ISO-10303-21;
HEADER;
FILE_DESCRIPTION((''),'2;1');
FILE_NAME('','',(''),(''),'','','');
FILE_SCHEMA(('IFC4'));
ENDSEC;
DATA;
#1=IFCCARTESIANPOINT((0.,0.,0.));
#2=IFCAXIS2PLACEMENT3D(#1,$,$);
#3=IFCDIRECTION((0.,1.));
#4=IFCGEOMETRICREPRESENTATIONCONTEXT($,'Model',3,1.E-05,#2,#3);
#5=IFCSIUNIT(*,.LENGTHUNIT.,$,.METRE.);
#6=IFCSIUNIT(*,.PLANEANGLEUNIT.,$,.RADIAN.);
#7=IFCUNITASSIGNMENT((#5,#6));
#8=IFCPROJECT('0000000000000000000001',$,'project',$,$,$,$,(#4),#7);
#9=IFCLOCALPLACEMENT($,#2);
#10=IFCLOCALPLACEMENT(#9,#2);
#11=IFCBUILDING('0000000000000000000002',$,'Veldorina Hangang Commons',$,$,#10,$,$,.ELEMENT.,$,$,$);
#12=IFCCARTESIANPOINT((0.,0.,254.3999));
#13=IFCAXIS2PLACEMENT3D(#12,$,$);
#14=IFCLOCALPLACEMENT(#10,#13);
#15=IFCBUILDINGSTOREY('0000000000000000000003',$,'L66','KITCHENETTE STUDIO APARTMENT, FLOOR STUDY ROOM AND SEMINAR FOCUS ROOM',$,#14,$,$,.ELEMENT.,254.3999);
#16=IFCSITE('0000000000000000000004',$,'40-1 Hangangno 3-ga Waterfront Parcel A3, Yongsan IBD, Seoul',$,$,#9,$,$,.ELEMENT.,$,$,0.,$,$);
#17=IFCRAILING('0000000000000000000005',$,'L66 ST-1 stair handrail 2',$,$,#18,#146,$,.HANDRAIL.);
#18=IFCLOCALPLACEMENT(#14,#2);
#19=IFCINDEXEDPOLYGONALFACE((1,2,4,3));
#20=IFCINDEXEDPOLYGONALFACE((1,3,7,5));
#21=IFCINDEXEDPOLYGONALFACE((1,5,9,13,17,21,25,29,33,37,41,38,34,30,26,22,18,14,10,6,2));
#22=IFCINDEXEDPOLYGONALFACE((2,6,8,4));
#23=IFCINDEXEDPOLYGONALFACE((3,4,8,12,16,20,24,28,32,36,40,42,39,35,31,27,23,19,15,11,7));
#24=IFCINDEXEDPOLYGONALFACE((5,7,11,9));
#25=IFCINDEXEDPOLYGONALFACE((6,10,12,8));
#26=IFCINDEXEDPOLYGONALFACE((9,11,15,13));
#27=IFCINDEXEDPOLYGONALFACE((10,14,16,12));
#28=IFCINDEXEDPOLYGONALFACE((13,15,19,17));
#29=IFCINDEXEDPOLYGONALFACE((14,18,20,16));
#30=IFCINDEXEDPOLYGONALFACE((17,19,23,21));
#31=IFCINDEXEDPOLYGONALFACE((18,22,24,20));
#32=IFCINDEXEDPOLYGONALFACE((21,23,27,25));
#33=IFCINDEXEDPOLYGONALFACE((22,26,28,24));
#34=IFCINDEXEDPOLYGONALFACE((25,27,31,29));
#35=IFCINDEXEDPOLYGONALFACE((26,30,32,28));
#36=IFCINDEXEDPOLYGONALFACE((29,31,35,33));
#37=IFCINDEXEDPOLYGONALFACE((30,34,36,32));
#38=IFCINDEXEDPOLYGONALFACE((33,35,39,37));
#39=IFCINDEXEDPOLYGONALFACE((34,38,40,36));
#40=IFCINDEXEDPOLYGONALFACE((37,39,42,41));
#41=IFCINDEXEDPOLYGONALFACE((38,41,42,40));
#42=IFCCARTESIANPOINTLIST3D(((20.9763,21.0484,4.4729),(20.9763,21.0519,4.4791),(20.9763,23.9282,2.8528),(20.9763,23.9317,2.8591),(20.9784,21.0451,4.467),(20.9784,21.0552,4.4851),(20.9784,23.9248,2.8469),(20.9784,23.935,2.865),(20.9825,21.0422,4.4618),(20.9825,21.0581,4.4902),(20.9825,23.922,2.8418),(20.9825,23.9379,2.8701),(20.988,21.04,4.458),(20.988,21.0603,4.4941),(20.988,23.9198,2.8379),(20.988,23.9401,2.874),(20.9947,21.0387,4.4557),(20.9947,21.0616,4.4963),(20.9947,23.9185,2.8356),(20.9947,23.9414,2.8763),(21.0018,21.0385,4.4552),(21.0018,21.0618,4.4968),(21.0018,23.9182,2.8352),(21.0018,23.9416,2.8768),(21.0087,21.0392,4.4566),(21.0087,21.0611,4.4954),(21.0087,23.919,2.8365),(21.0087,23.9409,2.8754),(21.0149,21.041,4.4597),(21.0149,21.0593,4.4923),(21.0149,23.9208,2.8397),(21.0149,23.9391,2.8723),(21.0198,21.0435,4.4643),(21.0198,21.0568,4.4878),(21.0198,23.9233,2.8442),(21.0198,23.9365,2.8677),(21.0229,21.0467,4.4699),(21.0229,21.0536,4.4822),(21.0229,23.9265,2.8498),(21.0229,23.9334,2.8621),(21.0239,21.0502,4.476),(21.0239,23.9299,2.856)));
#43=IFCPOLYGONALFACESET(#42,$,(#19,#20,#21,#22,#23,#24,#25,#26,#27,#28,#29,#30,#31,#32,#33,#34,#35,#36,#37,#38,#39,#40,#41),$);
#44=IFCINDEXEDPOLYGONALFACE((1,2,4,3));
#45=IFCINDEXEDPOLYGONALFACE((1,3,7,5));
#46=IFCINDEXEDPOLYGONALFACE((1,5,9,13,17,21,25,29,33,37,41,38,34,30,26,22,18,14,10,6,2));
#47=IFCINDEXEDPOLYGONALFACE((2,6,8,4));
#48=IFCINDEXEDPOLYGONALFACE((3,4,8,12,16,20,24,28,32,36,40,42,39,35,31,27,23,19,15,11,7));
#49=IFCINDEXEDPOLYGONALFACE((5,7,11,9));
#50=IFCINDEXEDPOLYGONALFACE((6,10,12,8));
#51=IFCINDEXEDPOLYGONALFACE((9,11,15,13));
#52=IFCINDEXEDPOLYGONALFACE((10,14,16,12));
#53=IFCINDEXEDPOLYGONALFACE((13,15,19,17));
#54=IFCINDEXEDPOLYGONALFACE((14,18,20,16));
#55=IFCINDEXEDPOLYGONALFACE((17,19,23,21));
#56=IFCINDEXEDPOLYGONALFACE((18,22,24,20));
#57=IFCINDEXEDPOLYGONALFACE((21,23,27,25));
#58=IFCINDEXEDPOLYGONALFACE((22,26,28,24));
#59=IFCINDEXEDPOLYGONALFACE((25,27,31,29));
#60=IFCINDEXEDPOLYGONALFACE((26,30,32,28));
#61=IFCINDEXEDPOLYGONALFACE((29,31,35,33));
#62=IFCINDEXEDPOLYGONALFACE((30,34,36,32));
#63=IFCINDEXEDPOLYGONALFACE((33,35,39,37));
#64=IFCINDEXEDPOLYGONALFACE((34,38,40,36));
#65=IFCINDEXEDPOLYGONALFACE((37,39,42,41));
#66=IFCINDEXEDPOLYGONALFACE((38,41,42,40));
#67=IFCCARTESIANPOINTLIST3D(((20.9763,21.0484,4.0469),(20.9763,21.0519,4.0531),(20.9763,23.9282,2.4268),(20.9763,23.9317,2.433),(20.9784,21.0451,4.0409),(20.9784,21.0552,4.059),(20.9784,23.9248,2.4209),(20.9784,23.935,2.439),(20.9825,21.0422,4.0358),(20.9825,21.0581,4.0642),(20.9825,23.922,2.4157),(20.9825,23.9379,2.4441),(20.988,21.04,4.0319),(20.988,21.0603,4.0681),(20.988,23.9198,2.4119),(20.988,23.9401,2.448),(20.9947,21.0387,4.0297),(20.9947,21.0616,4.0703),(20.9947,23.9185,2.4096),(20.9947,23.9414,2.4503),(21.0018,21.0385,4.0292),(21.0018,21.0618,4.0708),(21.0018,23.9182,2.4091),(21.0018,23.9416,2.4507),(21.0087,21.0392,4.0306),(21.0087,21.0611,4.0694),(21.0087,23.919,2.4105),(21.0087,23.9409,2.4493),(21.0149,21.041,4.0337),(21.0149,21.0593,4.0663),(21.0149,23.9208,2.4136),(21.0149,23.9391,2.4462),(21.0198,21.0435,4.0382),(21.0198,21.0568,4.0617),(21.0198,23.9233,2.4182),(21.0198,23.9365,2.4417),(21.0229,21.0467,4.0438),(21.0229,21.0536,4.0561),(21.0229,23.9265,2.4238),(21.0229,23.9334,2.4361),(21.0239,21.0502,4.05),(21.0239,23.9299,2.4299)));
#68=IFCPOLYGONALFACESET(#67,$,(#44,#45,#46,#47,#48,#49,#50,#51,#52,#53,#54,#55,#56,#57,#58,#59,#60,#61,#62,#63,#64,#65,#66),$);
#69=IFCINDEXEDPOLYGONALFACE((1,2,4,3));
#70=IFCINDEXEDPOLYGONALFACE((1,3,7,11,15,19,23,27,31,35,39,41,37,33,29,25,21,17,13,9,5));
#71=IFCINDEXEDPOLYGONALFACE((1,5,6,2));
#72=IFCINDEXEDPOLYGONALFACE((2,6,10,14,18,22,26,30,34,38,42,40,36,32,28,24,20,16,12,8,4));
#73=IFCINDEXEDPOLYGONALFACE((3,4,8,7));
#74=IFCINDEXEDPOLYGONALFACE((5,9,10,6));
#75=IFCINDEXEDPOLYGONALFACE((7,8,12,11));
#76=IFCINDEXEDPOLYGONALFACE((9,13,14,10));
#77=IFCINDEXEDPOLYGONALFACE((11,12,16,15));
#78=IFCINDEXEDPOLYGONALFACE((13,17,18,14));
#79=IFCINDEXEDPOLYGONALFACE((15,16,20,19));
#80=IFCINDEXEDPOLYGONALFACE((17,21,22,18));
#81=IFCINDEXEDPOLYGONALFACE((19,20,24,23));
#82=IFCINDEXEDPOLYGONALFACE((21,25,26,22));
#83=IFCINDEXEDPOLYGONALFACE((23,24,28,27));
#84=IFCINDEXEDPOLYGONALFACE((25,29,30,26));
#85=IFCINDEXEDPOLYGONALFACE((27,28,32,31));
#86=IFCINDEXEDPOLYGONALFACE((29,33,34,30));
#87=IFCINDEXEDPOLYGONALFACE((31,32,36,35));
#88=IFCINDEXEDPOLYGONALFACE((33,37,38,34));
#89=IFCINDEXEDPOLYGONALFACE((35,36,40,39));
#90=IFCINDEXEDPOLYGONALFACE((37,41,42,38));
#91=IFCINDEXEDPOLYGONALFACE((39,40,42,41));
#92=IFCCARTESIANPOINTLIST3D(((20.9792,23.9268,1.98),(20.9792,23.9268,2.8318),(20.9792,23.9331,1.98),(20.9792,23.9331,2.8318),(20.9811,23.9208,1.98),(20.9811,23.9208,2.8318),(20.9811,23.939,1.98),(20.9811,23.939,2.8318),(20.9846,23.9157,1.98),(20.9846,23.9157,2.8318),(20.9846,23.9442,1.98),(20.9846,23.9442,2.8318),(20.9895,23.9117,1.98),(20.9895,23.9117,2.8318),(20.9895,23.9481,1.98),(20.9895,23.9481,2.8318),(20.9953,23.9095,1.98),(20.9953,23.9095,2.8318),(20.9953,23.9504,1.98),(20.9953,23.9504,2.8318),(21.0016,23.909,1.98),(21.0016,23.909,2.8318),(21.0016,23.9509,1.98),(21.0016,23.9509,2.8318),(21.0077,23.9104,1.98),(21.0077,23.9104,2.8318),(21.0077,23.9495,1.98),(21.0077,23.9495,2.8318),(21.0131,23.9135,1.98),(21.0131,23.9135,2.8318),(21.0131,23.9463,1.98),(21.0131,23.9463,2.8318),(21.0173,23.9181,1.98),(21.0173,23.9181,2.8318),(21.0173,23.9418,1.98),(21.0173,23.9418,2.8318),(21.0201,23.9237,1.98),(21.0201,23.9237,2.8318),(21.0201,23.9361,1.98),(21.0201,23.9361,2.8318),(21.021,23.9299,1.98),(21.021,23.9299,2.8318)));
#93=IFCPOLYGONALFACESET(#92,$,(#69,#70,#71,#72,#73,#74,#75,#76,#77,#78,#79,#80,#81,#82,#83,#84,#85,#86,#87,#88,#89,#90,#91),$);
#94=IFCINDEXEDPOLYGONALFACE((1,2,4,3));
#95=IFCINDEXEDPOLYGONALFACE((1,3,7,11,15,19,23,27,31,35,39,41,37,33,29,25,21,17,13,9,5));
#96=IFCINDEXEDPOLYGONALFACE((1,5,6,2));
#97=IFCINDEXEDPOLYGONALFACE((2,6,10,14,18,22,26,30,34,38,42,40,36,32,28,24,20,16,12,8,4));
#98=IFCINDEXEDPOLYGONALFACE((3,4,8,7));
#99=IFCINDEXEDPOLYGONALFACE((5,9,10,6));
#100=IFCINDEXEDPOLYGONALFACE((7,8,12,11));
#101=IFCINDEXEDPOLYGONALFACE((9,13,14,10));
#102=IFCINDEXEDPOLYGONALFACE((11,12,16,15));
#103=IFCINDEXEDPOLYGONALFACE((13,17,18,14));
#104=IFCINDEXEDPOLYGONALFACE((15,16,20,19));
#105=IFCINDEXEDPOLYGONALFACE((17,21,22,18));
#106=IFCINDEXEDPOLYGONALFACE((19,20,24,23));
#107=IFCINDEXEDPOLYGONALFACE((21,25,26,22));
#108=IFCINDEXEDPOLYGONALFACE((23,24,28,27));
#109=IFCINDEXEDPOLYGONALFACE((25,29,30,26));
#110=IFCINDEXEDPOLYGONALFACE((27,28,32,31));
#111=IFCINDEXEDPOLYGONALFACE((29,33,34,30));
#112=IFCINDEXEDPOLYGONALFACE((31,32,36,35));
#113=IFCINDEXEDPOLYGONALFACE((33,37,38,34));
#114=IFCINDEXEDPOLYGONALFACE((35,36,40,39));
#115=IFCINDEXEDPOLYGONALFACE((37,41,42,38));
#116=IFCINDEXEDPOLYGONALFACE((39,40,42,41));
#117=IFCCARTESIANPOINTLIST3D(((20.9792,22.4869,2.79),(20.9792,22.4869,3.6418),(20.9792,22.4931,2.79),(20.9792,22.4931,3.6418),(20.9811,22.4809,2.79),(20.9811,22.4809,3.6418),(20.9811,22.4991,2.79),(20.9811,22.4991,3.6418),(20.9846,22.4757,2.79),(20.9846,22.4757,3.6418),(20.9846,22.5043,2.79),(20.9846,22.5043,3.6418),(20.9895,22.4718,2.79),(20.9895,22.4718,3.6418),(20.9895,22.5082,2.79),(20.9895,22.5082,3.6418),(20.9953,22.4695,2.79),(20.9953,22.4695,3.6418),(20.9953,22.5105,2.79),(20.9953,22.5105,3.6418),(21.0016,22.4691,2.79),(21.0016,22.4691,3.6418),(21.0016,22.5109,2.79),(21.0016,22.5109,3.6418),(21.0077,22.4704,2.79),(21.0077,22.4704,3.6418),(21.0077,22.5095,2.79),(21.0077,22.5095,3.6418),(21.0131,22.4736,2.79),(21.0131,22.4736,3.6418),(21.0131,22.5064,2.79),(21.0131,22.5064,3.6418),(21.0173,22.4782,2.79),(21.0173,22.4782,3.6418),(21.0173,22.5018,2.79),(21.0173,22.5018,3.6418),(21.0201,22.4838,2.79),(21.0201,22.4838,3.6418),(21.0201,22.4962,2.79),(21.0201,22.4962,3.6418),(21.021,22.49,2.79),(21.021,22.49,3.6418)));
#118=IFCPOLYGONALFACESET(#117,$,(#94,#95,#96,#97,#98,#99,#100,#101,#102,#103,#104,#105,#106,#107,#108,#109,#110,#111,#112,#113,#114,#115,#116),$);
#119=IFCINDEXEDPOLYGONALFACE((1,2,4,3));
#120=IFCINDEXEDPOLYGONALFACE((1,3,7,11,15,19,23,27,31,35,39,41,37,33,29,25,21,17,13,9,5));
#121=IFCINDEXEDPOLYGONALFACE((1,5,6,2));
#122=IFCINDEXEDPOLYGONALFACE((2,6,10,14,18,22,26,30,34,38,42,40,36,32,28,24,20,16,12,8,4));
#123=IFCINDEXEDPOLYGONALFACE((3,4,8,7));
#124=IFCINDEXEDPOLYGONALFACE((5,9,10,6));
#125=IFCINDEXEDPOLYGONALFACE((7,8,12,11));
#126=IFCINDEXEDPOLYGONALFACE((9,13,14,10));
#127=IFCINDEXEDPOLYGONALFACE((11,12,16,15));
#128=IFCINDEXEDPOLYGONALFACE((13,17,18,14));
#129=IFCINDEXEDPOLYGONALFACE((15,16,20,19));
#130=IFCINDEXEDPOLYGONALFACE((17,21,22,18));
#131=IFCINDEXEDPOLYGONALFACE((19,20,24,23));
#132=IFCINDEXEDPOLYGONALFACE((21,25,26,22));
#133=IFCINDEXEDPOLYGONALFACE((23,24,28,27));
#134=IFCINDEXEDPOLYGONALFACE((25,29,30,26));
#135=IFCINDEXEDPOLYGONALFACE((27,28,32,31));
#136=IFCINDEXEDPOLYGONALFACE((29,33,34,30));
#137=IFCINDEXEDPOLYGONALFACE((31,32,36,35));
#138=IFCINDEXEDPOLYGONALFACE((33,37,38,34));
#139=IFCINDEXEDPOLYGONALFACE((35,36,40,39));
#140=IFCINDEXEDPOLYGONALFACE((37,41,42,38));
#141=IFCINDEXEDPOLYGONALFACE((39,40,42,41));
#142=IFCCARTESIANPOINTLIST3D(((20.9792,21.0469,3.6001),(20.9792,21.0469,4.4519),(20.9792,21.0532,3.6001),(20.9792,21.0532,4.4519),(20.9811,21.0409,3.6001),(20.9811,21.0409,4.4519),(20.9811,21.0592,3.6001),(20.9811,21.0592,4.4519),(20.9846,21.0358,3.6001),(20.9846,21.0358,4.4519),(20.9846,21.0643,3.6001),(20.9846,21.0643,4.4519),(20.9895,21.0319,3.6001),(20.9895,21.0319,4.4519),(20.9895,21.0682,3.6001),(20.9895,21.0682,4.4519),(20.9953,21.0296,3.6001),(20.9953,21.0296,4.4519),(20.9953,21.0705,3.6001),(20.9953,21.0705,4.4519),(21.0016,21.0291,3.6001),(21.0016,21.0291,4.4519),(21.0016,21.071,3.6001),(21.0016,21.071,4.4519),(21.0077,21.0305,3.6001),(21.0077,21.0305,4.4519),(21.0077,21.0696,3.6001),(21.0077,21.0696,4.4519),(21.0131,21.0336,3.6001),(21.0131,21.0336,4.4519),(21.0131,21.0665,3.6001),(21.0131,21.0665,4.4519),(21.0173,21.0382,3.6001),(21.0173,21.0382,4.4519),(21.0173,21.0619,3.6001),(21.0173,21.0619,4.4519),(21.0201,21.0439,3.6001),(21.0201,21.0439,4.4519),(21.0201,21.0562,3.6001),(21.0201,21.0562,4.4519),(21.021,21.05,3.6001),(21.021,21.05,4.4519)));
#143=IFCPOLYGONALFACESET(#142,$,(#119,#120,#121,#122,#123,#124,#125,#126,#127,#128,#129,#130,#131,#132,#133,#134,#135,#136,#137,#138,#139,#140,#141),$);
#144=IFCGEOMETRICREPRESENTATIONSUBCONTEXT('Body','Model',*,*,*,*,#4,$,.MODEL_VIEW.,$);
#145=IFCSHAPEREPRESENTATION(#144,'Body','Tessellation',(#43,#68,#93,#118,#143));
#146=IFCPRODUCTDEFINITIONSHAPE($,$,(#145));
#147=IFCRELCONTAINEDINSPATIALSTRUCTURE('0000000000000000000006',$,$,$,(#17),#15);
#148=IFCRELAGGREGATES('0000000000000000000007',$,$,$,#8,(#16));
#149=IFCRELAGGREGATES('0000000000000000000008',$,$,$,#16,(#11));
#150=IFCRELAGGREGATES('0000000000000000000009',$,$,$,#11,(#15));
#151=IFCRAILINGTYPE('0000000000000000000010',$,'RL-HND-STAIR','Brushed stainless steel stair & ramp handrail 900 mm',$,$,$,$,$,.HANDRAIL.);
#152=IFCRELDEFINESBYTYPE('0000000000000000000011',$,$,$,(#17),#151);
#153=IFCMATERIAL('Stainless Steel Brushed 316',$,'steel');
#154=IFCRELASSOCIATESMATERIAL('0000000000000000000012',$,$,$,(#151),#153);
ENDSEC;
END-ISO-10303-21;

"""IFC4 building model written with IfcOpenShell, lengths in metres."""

from ifc_helpers import new_model, si_unit, direction, frame, origin, origin_2d, place, context, subcontext, project, spatial, circle, extrude, material, type_object, element, save


model = new_model("IFC4")

# Units and contexts
model_context = context("Model", 3, precision=1e-05, world=origin(), true_north=direction((0.0, 1.0)))
body_context = subcontext(model_context, "Body", "Model", "MODEL_VIEW")
ifc_project = project(units=[si_unit("LENGTHUNIT", "METRE"), si_unit("PLANEANGLEUNIT", "RADIAN")], contexts=[model_context])

# Site, building, storey
site_placement = place(None, origin())
site = spatial("IfcSite", under=ifc_project, at=site_placement, Name="40-1 Hangangno 3-ga Waterfront Parcel A3, Yongsan IBD, Seoul", CompositionType="ELEMENT", RefElevation=0.0)
building_placement = place(site_placement, origin())
building = spatial("IfcBuilding", under=site, at=building_placement, Name="Veldorina Hangang Commons", CompositionType="ELEMENT")
storey_placement = place(building_placement, frame((0.0, 0.0, 254.3999)))
storey = spatial("IfcBuildingStorey", under=building, at=storey_placement, Name="L66", Description="KITCHENETTE STUDIO APARTMENT, FLOOR STUDY ROOM AND SEMINAR FOCUS ROOM", CompositionType="ELEMENT", Elevation=254.3999)

# Railing
ifc_material_1 = material(Name="Stainless Steel Brushed 316", Category="steel")
railing_type_1 = type_object("IfcRailingType", Name="RL-HND-STAIR", Description="Brushed stainless steel stair & ramp handrail 900 mm", PredefinedType="HANDRAIL", material=ifc_material_1)
railing_1_placement = place(storey_placement, frame((21.0, 23.9299, 1.98)))
element("IfcRailing", 1, at=railing_1_placement, inside=storey, type_object=railing_type_1, Name="L66 ST-1 stair handrail 2", PredefinedType="HANDRAIL", context=body_context, shape_type="SweptSolid", body=[
    extrude(circle(Radius=0.0239, at=origin_2d()), frame((0.0, 0.0, 0.876), z_axis=(0.0, -0.871552, 0.490303), x_axis=(1.0, 0.0, 0.0)), (0.0, 0.0, 1.0), 3.3042),
    extrude(circle(Radius=0.0239, at=origin_2d()), frame((0.0, 0.0, 0.45), z_axis=(0.0, -0.871552, 0.490303), x_axis=(1.0, 0.0, 0.0)), (0.0, 0.0, 1.0), 3.3042),
    extrude(circle(Radius=0.021, at=origin_2d()), origin(), (0.0, 0.0, 1.0), 0.8518),
    extrude(circle(Radius=0.021, at=origin_2d()), frame((0.0, -1.4399, 0.8101)), (0.0, 0.0, 1.0), 0.8518),
    extrude(circle(Radius=0.021, at=origin_2d()), frame((0.0, -2.8799, 1.6201)), (0.0, 0.0, 1.0), 0.8518),
])

save(model, "model.ifc")
